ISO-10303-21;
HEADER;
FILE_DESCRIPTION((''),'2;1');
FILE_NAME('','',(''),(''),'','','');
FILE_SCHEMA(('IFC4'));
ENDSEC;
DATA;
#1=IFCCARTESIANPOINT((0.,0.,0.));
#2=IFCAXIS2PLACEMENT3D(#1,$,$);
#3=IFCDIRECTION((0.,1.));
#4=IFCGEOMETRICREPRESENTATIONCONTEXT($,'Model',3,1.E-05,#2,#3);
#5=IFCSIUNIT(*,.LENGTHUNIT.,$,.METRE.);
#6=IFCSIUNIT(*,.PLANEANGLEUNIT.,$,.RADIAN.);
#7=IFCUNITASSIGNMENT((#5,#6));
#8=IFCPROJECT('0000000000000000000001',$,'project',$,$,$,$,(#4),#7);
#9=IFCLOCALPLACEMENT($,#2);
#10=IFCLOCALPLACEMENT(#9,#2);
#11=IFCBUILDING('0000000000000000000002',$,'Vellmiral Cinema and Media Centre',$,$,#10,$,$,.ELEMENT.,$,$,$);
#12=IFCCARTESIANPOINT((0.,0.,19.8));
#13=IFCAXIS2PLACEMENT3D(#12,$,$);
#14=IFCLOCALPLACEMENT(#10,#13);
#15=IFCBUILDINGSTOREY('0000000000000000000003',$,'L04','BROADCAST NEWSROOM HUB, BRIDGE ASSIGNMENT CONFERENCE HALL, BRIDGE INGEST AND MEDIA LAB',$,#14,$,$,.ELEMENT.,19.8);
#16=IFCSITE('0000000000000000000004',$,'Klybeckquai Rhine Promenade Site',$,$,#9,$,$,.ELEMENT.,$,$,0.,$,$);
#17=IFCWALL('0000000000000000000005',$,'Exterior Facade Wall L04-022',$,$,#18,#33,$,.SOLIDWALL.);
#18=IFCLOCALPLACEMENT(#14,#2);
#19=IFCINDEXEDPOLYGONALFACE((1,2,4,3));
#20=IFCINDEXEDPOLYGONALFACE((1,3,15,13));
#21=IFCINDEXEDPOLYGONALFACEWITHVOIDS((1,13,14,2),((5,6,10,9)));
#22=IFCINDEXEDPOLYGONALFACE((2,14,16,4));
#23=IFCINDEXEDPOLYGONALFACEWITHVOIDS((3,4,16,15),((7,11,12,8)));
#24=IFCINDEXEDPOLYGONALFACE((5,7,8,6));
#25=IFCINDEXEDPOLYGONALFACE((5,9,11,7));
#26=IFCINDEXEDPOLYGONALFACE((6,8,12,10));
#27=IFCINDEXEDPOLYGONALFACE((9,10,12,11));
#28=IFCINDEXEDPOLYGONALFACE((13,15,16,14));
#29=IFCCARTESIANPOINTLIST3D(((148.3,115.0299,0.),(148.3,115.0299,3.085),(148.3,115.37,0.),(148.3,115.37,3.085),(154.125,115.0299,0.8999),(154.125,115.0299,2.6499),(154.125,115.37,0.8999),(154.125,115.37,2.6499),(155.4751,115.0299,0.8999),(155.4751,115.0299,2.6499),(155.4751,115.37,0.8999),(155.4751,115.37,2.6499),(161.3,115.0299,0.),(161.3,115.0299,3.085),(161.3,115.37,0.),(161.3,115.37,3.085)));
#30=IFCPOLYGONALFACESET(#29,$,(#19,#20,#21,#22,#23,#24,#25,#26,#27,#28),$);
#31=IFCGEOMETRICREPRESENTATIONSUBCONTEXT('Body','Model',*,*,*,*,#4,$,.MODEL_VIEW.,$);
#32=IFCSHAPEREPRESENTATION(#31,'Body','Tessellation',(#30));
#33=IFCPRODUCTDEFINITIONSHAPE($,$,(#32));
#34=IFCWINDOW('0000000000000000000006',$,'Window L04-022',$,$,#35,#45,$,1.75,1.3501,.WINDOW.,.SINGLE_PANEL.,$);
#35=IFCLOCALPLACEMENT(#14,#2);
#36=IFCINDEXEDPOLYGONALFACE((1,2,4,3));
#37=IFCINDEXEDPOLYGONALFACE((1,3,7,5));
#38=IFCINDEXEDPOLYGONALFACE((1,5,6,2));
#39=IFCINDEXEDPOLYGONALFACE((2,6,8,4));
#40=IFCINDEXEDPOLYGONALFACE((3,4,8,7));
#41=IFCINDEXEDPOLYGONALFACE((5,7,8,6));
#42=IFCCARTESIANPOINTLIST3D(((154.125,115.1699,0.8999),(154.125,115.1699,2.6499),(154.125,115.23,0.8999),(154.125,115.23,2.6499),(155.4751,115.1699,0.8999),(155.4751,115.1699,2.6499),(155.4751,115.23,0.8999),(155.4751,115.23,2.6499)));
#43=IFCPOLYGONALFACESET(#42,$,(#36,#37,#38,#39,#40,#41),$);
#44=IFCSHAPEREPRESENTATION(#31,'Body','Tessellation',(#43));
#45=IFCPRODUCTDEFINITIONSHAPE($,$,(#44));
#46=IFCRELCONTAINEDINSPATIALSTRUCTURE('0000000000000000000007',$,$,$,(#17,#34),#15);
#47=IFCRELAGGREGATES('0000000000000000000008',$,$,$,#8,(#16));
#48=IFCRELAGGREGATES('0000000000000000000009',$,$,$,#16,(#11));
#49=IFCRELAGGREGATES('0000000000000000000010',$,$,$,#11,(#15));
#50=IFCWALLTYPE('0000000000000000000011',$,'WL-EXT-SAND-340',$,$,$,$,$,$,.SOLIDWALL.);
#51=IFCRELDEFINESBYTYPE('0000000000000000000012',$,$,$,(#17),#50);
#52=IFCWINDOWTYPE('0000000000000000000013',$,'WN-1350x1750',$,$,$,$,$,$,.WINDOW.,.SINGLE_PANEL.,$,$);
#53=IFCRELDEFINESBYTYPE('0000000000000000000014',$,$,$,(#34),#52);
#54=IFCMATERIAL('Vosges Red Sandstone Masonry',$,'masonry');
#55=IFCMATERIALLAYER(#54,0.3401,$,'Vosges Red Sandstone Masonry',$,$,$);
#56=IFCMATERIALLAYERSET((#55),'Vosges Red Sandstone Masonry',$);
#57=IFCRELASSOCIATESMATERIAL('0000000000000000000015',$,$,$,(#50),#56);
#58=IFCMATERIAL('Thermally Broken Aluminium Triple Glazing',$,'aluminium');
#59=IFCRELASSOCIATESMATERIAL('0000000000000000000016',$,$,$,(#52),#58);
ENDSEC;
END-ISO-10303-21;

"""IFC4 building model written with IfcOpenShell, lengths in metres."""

from ifc_helpers import new_model, si_unit, direction, frame, frame_2d, origin, place, context, subcontext, project, spatial, rectangle, extrude, material, layer, layer_set, type_object, element, fill, save


model = new_model("IFC4")

# Units and contexts
model_context = context("Model", 3, precision=1e-05, world=origin(), true_north=direction((0.0, 1.0)))
body_context = subcontext(model_context, "Body", "Model", "MODEL_VIEW")
ifc_project = project(units=[si_unit("LENGTHUNIT", "METRE"), si_unit("PLANEANGLEUNIT", "RADIAN")], contexts=[model_context])

# Site, building, storey
site_placement = place(None, origin())
site = spatial("IfcSite", under=ifc_project, at=site_placement, Name="Klybeckquai Rhine Promenade Site", CompositionType="ELEMENT", RefElevation=0.0)
building_placement = place(site_placement, origin())
building = spatial("IfcBuilding", under=site, at=building_placement, Name="Vellmiral Cinema and Media Centre", CompositionType="ELEMENT")
storey_placement = place(building_placement, frame((0.0, 0.0, 19.8)))
storey = spatial("IfcBuildingStorey", under=building, at=storey_placement, Name="L04", Description="BROADCAST NEWSROOM HUB, BRIDGE ASSIGNMENT CONFERENCE HALL, BRIDGE INGEST AND MEDIA LAB", CompositionType="ELEMENT", Elevation=19.8)

# Wall, opening, window
ifc_material_1 = material(Name="Vosges Red Sandstone Masonry", Category="masonry")
ifc_layer_1 = layer(ifc_material_1, 0.3401, Name="Vosges Red Sandstone Masonry")
ifc_layer_set_1 = layer_set([ifc_layer_1], Name="Vosges Red Sandstone Masonry")
wall_type = type_object("IfcWallType", Name="WL-EXT-SAND-340", PredefinedType="SOLIDWALL", material=ifc_layer_set_1)
wall_placement = place(storey_placement, frame((161.3, 115.2, 0.0), z_axis=(0.0, 0.0, 1.0), x_axis=(-1.0, 0.0, 0.0)))
wall = element("IfcWall", 1, at=wall_placement, inside=storey, type_object=wall_type, Name="Exterior Facade Wall L04-022", PredefinedType="SOLIDWALL", context=body_context, shape_type="SweptSolid", body=[
    extrude(rectangle(XDim=13.0, YDim=0.3401, at=frame_2d((6.5, 0.0))), origin(), (0.0, 0.0, 1.0), 3.085),
])
opening_placement = place(wall_placement, frame((5.825, 0.0, 0.8999)))
opening = element("IfcOpeningElement", 2, at=opening_placement, cuts=wall, PredefinedType="OPENING", context=body_context, shape_type="SweptSolid", body=[
    extrude(rectangle(XDim=1.3501, YDim=1.75, at=frame_2d((0.675, 0.875))), frame((0.0, 0.1821, 0.0), z_axis=(0.0, -1.0, 0.0), x_axis=(1.0, 0.0, 0.0)), (0.0, 0.0, 1.0), 0.364),
])
ifc_material_2 = material(Name="Thermally Broken Aluminium Triple Glazing", Category="aluminium")
window_type = type_object("IfcWindowType", Name="WN-1350x1750", PartitioningType="SINGLE_PANEL", PredefinedType="WINDOW", material=ifc_material_2)
window_placement = place(opening_placement, origin())
window = element("IfcWindow", 3, at=window_placement, inside=storey, type_object=window_type, Name="Window L04-022", OverallHeight=1.75, OverallWidth=1.3501, PartitioningType="SINGLE_PANEL", PredefinedType="WINDOW", context=body_context, shape_type="SweptSolid", body=[
    extrude(rectangle(XDim=1.3501, YDim=1.75, at=frame_2d((0.675, 0.875))), frame((0.0, 0.03, 0.0), z_axis=(0.0, -1.0, 0.0), x_axis=(1.0, 0.0, 0.0)), (0.0, 0.0, 1.0), 0.0601),
])
fill(opening, window)

save(model, "model.ifc")
